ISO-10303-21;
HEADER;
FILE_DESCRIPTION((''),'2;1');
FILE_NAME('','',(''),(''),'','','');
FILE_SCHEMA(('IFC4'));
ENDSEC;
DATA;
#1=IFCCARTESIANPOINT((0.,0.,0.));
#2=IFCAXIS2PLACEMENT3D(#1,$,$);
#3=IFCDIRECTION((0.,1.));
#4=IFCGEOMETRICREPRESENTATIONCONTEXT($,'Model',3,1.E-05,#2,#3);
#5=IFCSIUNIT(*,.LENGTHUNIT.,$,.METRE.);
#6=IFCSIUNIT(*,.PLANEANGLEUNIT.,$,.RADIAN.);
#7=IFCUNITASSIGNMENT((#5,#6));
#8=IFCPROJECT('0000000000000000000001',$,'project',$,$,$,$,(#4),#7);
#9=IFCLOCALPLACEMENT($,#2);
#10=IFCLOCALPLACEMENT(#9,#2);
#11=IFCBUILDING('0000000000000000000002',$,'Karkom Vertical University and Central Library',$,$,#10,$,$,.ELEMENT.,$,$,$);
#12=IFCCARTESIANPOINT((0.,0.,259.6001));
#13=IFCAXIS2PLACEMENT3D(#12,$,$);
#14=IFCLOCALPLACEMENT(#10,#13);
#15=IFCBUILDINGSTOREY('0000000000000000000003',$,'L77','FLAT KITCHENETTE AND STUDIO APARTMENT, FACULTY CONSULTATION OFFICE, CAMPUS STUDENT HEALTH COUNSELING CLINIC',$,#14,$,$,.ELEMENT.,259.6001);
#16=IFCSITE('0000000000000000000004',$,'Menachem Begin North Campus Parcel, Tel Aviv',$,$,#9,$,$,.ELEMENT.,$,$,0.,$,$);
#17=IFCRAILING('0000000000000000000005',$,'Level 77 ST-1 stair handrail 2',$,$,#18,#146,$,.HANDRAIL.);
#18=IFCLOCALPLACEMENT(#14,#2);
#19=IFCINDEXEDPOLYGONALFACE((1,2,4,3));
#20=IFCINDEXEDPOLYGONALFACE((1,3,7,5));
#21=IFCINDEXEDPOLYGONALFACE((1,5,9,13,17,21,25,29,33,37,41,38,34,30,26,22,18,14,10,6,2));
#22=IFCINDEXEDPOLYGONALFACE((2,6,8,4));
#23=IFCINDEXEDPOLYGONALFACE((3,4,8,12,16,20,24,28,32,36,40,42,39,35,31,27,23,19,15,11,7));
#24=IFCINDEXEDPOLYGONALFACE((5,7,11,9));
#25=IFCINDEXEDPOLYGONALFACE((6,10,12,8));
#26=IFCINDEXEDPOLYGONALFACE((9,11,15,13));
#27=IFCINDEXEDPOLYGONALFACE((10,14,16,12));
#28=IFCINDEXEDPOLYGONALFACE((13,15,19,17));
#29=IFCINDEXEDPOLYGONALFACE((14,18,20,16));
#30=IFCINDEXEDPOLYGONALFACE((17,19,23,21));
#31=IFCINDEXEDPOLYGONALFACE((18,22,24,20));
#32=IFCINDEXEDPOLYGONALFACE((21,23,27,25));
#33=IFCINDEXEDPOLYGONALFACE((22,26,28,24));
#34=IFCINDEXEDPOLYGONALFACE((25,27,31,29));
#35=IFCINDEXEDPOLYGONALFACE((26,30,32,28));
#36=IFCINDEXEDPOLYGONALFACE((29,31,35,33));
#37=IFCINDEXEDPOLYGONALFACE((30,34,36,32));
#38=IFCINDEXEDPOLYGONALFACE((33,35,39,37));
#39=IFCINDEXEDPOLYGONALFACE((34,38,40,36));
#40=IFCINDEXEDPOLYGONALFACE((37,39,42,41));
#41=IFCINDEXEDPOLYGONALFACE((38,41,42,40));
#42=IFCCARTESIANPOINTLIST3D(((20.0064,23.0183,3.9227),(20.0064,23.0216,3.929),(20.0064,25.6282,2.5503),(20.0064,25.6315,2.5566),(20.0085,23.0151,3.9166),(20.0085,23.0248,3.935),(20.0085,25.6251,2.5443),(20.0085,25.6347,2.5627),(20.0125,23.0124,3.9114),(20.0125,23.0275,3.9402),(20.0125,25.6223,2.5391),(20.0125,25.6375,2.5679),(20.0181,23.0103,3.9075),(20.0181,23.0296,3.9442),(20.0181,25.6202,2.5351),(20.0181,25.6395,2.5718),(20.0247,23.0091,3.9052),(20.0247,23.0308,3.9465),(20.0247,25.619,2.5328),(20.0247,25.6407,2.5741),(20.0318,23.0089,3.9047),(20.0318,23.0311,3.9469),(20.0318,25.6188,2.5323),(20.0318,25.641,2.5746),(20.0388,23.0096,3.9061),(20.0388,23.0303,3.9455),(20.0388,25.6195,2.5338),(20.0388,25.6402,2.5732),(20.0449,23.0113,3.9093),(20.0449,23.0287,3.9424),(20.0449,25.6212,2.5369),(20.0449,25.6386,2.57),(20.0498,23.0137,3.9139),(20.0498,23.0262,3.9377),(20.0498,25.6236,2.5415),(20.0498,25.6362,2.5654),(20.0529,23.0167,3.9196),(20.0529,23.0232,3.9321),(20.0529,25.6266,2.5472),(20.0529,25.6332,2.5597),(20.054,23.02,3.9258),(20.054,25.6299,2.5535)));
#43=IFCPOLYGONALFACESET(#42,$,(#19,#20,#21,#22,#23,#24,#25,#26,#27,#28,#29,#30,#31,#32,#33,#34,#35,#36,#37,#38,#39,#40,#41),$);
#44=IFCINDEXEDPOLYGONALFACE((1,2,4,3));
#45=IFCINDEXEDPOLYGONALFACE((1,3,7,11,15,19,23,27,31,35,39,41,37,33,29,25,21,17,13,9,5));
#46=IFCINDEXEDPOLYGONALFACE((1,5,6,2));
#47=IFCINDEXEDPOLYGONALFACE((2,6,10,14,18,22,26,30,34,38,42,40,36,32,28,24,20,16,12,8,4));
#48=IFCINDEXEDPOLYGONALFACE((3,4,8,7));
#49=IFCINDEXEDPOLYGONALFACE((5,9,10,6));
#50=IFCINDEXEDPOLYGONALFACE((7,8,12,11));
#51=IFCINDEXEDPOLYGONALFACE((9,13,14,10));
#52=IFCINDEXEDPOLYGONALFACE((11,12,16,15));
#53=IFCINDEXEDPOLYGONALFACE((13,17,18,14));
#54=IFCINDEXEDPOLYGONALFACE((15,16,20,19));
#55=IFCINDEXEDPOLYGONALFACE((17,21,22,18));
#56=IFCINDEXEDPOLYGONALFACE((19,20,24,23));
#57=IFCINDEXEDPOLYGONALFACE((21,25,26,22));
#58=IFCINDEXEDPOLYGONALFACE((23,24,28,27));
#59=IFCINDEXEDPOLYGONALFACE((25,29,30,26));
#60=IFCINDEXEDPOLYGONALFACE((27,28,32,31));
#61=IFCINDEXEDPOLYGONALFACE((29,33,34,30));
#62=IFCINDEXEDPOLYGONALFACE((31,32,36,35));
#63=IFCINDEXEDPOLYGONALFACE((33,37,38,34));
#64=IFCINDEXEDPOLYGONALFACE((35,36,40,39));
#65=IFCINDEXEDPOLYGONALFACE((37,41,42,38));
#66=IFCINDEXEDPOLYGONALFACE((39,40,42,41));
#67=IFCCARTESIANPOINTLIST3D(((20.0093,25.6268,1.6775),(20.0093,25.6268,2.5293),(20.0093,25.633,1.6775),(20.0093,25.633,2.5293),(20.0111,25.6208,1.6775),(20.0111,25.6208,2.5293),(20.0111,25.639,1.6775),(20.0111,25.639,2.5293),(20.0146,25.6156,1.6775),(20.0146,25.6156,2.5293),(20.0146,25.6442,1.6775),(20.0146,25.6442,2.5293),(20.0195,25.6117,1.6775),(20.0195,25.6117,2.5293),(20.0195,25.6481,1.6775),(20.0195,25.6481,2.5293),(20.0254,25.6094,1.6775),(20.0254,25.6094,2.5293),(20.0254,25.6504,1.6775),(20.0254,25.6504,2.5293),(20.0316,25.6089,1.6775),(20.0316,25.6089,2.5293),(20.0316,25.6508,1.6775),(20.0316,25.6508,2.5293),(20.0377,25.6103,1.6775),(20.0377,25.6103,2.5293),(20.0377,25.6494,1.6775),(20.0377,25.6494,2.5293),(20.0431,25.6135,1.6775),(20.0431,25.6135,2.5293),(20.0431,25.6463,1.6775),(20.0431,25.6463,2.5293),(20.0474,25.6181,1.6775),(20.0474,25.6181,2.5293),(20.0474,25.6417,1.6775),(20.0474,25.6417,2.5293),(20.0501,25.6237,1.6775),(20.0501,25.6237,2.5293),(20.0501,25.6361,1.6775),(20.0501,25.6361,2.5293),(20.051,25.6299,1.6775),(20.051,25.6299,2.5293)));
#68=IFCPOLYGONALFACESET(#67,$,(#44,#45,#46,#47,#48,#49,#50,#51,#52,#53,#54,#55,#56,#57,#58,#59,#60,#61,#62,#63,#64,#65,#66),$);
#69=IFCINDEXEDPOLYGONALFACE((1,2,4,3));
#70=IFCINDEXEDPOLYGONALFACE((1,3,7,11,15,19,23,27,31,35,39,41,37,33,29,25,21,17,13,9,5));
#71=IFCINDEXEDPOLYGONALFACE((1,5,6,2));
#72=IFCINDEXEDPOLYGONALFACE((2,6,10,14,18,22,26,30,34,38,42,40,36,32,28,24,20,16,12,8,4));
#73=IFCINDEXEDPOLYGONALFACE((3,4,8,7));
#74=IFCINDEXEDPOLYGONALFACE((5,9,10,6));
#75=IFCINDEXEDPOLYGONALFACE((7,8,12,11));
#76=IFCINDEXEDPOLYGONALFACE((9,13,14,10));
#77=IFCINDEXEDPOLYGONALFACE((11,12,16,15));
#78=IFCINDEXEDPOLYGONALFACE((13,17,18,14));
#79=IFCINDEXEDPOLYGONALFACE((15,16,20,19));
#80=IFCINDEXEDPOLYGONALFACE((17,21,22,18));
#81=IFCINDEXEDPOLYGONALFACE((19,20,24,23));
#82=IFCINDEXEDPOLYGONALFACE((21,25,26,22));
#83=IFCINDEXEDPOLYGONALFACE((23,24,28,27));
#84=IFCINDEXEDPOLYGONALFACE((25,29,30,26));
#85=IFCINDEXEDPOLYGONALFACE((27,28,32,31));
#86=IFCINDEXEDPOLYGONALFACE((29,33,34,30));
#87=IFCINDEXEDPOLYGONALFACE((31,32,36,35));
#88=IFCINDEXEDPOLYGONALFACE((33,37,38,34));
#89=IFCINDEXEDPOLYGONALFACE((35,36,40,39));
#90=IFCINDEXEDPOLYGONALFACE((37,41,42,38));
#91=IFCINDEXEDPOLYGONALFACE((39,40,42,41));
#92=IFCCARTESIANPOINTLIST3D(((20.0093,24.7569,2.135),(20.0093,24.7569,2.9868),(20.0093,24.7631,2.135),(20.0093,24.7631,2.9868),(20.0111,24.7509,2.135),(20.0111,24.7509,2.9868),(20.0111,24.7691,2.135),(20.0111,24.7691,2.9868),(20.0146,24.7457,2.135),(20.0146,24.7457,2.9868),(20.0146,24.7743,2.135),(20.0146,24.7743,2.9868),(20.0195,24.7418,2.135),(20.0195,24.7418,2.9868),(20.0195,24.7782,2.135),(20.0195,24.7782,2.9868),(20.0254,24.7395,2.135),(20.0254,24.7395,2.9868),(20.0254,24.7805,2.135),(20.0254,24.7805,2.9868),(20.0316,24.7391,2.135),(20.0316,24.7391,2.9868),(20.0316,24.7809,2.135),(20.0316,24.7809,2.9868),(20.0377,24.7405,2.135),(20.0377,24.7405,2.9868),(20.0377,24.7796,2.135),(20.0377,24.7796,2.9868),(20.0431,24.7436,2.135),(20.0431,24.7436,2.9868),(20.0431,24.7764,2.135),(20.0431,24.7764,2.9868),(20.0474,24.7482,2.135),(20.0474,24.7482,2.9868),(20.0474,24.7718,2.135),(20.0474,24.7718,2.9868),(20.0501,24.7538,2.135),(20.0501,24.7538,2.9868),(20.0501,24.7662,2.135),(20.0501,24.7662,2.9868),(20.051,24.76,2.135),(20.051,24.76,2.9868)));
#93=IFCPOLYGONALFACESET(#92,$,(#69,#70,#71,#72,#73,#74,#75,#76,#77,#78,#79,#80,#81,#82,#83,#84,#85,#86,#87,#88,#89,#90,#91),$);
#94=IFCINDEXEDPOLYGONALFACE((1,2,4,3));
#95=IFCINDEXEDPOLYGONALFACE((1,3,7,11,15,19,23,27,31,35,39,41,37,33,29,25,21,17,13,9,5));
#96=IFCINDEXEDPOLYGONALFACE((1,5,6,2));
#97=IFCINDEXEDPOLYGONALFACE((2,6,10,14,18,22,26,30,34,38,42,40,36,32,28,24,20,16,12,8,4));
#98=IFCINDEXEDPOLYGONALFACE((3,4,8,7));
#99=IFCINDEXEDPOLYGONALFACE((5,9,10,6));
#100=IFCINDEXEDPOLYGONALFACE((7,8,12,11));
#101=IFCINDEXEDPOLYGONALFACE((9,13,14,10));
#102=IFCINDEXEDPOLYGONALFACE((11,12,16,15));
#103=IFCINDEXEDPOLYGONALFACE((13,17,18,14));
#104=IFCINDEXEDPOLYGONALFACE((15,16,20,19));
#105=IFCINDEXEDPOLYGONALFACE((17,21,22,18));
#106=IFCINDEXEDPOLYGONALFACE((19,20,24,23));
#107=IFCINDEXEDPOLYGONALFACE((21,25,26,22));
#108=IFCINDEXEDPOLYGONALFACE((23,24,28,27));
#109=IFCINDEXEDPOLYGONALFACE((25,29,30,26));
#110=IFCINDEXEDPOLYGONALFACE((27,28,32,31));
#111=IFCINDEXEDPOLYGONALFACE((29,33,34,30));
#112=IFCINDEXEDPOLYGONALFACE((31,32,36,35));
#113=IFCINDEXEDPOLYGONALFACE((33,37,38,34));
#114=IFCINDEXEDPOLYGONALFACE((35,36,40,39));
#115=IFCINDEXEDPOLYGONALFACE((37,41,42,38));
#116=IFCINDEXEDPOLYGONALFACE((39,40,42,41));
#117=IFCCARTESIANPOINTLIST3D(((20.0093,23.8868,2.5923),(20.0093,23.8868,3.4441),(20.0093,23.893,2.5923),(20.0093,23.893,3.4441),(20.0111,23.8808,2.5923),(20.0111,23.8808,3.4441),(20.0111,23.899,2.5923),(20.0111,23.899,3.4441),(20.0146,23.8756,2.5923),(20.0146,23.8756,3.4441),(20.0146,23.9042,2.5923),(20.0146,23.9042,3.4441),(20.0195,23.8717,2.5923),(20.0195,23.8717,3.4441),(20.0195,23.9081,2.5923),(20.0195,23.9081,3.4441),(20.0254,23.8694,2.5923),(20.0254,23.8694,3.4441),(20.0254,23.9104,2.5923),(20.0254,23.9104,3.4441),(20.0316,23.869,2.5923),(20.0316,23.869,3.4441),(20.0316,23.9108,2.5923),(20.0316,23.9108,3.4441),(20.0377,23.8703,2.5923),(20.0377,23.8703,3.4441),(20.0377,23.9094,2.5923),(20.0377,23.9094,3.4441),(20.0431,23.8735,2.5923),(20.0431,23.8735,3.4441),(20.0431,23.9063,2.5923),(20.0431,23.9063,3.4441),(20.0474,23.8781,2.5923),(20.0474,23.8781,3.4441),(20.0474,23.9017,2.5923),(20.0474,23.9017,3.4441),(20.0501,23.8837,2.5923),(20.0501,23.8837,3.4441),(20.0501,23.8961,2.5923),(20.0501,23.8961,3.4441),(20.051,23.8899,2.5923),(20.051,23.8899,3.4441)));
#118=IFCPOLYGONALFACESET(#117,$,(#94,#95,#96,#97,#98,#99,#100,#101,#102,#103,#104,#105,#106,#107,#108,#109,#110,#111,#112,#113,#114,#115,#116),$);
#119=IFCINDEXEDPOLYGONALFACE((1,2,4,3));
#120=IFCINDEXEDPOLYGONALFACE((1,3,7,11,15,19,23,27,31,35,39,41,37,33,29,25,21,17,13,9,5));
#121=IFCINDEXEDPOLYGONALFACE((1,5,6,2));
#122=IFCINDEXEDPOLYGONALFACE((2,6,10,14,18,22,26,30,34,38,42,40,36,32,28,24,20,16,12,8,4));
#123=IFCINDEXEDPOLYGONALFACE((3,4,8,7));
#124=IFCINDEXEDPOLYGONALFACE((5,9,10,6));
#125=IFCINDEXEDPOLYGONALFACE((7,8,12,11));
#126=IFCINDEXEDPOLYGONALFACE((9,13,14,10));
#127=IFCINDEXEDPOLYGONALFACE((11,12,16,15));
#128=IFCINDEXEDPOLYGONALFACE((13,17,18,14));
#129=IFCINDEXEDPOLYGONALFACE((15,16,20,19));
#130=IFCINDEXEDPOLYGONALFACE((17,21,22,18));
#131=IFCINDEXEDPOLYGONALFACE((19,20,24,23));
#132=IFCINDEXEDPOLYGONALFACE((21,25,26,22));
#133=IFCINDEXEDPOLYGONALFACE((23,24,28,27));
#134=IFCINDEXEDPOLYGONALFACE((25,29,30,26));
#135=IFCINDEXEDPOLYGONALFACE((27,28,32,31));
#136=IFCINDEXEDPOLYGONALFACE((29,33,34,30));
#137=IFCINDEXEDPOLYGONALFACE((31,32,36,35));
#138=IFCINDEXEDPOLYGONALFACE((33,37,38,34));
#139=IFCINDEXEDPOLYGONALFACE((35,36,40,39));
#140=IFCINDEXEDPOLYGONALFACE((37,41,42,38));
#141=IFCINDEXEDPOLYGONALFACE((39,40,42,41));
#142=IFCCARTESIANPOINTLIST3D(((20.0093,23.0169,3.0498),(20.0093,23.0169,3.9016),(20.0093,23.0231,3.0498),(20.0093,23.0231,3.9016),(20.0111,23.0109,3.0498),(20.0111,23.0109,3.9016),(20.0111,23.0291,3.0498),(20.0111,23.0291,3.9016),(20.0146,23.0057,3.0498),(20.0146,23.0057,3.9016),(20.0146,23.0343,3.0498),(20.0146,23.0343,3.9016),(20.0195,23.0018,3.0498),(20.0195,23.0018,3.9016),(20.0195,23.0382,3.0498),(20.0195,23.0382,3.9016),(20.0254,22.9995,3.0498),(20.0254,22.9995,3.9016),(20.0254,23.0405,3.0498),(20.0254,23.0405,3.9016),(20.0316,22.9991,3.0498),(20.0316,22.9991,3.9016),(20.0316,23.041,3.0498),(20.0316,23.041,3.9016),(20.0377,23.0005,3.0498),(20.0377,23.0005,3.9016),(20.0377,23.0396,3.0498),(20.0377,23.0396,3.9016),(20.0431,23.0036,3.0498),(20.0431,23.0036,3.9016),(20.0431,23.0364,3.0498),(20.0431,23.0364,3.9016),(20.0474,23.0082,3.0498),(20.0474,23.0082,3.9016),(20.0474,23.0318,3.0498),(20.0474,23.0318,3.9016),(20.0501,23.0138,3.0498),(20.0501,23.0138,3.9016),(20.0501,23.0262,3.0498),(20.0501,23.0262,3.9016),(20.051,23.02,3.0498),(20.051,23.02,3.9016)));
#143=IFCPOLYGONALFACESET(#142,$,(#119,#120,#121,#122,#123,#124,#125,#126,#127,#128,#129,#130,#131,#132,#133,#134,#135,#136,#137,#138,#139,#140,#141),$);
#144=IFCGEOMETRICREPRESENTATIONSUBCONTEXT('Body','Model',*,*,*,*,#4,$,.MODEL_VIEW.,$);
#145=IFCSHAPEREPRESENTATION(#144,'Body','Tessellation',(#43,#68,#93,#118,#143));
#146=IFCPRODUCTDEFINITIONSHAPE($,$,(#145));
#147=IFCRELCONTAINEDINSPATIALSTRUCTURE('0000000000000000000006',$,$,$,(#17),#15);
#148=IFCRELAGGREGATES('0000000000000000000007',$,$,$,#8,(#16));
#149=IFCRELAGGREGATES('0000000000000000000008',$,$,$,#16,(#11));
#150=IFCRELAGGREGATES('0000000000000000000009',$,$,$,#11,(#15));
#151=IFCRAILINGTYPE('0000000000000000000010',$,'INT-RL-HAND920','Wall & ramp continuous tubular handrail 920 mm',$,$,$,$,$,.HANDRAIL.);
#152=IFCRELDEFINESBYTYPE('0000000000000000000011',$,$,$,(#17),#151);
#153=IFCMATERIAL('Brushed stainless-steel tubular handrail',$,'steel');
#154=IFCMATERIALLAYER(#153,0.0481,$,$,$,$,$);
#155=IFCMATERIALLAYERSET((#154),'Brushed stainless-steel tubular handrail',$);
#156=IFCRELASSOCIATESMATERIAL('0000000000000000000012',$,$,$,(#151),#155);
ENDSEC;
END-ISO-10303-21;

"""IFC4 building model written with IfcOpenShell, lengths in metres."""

from ifc_helpers import new_model, si_unit, direction, frame, origin, origin_2d, place, context, subcontext, project, spatial, circle, extrude, material, layer, layer_set, type_object, element, save


model = new_model("IFC4")

# Units and contexts
model_context = context("Model", 3, precision=1e-05, world=origin(), true_north=direction((0.0, 1.0)))
body_context = subcontext(model_context, "Body", "Model", "MODEL_VIEW")
ifc_project = project(units=[si_unit("LENGTHUNIT", "METRE"), si_unit("PLANEANGLEUNIT", "RADIAN")], contexts=[model_context])

# Site, building, storey
site_placement = place(None, origin())
site = spatial("IfcSite", under=ifc_project, at=site_placement, Name="Menachem Begin North Campus Parcel, Tel Aviv", CompositionType="ELEMENT", RefElevation=0.0)
building_placement = place(site_placement, origin())
building = spatial("IfcBuilding", under=site, at=building_placement, Name="Karkom Vertical University and Central Library", CompositionType="ELEMENT")
storey_placement = place(building_placement, frame((0.0, 0.0, 259.6001)))
storey = spatial("IfcBuildingStorey", under=building, at=storey_placement, Name="L77", Description="FLAT KITCHENETTE AND STUDIO APARTMENT, FACULTY CONSULTATION OFFICE, CAMPUS STUDENT HEALTH COUNSELING CLINIC", CompositionType="ELEMENT", Elevation=259.6001)

# Railing
ifc_material_1 = material(Name="Brushed stainless-steel tubular handrail", Category="steel")
ifc_layer_1 = layer(ifc_material_1, 0.0481)
ifc_layer_set_1 = layer_set([ifc_layer_1], Name="Brushed stainless-steel tubular handrail")
railing_type_1 = type_object("IfcRailingType", Name="INT-RL-HAND920", Description="Wall & ramp continuous tubular handrail 920 mm", PredefinedType="HANDRAIL", material=ifc_layer_set_1)
railing_1_placement = place(storey_placement, frame((20.03, 25.6299, 1.6775)))
element("IfcRailing", 1, at=railing_1_placement, inside=storey, type_object=railing_type_1, Name="Level 77 ST-1 stair handrail 2", PredefinedType="HANDRAIL", context=body_context, shape_type="SweptSolid", body=[
    extrude(circle(Radius=0.0239, at=origin_2d()), frame((0.0, 0.0, 0.876), z_axis=(0.0, -0.8851, 0.465402), x_axis=(1.0, 0.0, 0.0)), (0.0, 0.0, 1.0), 2.9487),
    extrude(circle(Radius=0.021, at=origin_2d()), origin(), (0.0, 0.0, 1.0), 0.8518),
    extrude(circle(Radius=0.021, at=origin_2d()), frame((0.0, -0.8699, 0.4575)), (0.0, 0.0, 1.0), 0.8518),
    extrude(circle(Radius=0.021, at=origin_2d()), frame((0.0, -1.74, 0.9148)), (0.0, 0.0, 1.0), 0.8518),
    extrude(circle(Radius=0.021, at=origin_2d()), frame((0.0, -2.6099, 1.3723)), (0.0, 0.0, 1.0), 0.8518),
])

save(model, "model.ifc")
